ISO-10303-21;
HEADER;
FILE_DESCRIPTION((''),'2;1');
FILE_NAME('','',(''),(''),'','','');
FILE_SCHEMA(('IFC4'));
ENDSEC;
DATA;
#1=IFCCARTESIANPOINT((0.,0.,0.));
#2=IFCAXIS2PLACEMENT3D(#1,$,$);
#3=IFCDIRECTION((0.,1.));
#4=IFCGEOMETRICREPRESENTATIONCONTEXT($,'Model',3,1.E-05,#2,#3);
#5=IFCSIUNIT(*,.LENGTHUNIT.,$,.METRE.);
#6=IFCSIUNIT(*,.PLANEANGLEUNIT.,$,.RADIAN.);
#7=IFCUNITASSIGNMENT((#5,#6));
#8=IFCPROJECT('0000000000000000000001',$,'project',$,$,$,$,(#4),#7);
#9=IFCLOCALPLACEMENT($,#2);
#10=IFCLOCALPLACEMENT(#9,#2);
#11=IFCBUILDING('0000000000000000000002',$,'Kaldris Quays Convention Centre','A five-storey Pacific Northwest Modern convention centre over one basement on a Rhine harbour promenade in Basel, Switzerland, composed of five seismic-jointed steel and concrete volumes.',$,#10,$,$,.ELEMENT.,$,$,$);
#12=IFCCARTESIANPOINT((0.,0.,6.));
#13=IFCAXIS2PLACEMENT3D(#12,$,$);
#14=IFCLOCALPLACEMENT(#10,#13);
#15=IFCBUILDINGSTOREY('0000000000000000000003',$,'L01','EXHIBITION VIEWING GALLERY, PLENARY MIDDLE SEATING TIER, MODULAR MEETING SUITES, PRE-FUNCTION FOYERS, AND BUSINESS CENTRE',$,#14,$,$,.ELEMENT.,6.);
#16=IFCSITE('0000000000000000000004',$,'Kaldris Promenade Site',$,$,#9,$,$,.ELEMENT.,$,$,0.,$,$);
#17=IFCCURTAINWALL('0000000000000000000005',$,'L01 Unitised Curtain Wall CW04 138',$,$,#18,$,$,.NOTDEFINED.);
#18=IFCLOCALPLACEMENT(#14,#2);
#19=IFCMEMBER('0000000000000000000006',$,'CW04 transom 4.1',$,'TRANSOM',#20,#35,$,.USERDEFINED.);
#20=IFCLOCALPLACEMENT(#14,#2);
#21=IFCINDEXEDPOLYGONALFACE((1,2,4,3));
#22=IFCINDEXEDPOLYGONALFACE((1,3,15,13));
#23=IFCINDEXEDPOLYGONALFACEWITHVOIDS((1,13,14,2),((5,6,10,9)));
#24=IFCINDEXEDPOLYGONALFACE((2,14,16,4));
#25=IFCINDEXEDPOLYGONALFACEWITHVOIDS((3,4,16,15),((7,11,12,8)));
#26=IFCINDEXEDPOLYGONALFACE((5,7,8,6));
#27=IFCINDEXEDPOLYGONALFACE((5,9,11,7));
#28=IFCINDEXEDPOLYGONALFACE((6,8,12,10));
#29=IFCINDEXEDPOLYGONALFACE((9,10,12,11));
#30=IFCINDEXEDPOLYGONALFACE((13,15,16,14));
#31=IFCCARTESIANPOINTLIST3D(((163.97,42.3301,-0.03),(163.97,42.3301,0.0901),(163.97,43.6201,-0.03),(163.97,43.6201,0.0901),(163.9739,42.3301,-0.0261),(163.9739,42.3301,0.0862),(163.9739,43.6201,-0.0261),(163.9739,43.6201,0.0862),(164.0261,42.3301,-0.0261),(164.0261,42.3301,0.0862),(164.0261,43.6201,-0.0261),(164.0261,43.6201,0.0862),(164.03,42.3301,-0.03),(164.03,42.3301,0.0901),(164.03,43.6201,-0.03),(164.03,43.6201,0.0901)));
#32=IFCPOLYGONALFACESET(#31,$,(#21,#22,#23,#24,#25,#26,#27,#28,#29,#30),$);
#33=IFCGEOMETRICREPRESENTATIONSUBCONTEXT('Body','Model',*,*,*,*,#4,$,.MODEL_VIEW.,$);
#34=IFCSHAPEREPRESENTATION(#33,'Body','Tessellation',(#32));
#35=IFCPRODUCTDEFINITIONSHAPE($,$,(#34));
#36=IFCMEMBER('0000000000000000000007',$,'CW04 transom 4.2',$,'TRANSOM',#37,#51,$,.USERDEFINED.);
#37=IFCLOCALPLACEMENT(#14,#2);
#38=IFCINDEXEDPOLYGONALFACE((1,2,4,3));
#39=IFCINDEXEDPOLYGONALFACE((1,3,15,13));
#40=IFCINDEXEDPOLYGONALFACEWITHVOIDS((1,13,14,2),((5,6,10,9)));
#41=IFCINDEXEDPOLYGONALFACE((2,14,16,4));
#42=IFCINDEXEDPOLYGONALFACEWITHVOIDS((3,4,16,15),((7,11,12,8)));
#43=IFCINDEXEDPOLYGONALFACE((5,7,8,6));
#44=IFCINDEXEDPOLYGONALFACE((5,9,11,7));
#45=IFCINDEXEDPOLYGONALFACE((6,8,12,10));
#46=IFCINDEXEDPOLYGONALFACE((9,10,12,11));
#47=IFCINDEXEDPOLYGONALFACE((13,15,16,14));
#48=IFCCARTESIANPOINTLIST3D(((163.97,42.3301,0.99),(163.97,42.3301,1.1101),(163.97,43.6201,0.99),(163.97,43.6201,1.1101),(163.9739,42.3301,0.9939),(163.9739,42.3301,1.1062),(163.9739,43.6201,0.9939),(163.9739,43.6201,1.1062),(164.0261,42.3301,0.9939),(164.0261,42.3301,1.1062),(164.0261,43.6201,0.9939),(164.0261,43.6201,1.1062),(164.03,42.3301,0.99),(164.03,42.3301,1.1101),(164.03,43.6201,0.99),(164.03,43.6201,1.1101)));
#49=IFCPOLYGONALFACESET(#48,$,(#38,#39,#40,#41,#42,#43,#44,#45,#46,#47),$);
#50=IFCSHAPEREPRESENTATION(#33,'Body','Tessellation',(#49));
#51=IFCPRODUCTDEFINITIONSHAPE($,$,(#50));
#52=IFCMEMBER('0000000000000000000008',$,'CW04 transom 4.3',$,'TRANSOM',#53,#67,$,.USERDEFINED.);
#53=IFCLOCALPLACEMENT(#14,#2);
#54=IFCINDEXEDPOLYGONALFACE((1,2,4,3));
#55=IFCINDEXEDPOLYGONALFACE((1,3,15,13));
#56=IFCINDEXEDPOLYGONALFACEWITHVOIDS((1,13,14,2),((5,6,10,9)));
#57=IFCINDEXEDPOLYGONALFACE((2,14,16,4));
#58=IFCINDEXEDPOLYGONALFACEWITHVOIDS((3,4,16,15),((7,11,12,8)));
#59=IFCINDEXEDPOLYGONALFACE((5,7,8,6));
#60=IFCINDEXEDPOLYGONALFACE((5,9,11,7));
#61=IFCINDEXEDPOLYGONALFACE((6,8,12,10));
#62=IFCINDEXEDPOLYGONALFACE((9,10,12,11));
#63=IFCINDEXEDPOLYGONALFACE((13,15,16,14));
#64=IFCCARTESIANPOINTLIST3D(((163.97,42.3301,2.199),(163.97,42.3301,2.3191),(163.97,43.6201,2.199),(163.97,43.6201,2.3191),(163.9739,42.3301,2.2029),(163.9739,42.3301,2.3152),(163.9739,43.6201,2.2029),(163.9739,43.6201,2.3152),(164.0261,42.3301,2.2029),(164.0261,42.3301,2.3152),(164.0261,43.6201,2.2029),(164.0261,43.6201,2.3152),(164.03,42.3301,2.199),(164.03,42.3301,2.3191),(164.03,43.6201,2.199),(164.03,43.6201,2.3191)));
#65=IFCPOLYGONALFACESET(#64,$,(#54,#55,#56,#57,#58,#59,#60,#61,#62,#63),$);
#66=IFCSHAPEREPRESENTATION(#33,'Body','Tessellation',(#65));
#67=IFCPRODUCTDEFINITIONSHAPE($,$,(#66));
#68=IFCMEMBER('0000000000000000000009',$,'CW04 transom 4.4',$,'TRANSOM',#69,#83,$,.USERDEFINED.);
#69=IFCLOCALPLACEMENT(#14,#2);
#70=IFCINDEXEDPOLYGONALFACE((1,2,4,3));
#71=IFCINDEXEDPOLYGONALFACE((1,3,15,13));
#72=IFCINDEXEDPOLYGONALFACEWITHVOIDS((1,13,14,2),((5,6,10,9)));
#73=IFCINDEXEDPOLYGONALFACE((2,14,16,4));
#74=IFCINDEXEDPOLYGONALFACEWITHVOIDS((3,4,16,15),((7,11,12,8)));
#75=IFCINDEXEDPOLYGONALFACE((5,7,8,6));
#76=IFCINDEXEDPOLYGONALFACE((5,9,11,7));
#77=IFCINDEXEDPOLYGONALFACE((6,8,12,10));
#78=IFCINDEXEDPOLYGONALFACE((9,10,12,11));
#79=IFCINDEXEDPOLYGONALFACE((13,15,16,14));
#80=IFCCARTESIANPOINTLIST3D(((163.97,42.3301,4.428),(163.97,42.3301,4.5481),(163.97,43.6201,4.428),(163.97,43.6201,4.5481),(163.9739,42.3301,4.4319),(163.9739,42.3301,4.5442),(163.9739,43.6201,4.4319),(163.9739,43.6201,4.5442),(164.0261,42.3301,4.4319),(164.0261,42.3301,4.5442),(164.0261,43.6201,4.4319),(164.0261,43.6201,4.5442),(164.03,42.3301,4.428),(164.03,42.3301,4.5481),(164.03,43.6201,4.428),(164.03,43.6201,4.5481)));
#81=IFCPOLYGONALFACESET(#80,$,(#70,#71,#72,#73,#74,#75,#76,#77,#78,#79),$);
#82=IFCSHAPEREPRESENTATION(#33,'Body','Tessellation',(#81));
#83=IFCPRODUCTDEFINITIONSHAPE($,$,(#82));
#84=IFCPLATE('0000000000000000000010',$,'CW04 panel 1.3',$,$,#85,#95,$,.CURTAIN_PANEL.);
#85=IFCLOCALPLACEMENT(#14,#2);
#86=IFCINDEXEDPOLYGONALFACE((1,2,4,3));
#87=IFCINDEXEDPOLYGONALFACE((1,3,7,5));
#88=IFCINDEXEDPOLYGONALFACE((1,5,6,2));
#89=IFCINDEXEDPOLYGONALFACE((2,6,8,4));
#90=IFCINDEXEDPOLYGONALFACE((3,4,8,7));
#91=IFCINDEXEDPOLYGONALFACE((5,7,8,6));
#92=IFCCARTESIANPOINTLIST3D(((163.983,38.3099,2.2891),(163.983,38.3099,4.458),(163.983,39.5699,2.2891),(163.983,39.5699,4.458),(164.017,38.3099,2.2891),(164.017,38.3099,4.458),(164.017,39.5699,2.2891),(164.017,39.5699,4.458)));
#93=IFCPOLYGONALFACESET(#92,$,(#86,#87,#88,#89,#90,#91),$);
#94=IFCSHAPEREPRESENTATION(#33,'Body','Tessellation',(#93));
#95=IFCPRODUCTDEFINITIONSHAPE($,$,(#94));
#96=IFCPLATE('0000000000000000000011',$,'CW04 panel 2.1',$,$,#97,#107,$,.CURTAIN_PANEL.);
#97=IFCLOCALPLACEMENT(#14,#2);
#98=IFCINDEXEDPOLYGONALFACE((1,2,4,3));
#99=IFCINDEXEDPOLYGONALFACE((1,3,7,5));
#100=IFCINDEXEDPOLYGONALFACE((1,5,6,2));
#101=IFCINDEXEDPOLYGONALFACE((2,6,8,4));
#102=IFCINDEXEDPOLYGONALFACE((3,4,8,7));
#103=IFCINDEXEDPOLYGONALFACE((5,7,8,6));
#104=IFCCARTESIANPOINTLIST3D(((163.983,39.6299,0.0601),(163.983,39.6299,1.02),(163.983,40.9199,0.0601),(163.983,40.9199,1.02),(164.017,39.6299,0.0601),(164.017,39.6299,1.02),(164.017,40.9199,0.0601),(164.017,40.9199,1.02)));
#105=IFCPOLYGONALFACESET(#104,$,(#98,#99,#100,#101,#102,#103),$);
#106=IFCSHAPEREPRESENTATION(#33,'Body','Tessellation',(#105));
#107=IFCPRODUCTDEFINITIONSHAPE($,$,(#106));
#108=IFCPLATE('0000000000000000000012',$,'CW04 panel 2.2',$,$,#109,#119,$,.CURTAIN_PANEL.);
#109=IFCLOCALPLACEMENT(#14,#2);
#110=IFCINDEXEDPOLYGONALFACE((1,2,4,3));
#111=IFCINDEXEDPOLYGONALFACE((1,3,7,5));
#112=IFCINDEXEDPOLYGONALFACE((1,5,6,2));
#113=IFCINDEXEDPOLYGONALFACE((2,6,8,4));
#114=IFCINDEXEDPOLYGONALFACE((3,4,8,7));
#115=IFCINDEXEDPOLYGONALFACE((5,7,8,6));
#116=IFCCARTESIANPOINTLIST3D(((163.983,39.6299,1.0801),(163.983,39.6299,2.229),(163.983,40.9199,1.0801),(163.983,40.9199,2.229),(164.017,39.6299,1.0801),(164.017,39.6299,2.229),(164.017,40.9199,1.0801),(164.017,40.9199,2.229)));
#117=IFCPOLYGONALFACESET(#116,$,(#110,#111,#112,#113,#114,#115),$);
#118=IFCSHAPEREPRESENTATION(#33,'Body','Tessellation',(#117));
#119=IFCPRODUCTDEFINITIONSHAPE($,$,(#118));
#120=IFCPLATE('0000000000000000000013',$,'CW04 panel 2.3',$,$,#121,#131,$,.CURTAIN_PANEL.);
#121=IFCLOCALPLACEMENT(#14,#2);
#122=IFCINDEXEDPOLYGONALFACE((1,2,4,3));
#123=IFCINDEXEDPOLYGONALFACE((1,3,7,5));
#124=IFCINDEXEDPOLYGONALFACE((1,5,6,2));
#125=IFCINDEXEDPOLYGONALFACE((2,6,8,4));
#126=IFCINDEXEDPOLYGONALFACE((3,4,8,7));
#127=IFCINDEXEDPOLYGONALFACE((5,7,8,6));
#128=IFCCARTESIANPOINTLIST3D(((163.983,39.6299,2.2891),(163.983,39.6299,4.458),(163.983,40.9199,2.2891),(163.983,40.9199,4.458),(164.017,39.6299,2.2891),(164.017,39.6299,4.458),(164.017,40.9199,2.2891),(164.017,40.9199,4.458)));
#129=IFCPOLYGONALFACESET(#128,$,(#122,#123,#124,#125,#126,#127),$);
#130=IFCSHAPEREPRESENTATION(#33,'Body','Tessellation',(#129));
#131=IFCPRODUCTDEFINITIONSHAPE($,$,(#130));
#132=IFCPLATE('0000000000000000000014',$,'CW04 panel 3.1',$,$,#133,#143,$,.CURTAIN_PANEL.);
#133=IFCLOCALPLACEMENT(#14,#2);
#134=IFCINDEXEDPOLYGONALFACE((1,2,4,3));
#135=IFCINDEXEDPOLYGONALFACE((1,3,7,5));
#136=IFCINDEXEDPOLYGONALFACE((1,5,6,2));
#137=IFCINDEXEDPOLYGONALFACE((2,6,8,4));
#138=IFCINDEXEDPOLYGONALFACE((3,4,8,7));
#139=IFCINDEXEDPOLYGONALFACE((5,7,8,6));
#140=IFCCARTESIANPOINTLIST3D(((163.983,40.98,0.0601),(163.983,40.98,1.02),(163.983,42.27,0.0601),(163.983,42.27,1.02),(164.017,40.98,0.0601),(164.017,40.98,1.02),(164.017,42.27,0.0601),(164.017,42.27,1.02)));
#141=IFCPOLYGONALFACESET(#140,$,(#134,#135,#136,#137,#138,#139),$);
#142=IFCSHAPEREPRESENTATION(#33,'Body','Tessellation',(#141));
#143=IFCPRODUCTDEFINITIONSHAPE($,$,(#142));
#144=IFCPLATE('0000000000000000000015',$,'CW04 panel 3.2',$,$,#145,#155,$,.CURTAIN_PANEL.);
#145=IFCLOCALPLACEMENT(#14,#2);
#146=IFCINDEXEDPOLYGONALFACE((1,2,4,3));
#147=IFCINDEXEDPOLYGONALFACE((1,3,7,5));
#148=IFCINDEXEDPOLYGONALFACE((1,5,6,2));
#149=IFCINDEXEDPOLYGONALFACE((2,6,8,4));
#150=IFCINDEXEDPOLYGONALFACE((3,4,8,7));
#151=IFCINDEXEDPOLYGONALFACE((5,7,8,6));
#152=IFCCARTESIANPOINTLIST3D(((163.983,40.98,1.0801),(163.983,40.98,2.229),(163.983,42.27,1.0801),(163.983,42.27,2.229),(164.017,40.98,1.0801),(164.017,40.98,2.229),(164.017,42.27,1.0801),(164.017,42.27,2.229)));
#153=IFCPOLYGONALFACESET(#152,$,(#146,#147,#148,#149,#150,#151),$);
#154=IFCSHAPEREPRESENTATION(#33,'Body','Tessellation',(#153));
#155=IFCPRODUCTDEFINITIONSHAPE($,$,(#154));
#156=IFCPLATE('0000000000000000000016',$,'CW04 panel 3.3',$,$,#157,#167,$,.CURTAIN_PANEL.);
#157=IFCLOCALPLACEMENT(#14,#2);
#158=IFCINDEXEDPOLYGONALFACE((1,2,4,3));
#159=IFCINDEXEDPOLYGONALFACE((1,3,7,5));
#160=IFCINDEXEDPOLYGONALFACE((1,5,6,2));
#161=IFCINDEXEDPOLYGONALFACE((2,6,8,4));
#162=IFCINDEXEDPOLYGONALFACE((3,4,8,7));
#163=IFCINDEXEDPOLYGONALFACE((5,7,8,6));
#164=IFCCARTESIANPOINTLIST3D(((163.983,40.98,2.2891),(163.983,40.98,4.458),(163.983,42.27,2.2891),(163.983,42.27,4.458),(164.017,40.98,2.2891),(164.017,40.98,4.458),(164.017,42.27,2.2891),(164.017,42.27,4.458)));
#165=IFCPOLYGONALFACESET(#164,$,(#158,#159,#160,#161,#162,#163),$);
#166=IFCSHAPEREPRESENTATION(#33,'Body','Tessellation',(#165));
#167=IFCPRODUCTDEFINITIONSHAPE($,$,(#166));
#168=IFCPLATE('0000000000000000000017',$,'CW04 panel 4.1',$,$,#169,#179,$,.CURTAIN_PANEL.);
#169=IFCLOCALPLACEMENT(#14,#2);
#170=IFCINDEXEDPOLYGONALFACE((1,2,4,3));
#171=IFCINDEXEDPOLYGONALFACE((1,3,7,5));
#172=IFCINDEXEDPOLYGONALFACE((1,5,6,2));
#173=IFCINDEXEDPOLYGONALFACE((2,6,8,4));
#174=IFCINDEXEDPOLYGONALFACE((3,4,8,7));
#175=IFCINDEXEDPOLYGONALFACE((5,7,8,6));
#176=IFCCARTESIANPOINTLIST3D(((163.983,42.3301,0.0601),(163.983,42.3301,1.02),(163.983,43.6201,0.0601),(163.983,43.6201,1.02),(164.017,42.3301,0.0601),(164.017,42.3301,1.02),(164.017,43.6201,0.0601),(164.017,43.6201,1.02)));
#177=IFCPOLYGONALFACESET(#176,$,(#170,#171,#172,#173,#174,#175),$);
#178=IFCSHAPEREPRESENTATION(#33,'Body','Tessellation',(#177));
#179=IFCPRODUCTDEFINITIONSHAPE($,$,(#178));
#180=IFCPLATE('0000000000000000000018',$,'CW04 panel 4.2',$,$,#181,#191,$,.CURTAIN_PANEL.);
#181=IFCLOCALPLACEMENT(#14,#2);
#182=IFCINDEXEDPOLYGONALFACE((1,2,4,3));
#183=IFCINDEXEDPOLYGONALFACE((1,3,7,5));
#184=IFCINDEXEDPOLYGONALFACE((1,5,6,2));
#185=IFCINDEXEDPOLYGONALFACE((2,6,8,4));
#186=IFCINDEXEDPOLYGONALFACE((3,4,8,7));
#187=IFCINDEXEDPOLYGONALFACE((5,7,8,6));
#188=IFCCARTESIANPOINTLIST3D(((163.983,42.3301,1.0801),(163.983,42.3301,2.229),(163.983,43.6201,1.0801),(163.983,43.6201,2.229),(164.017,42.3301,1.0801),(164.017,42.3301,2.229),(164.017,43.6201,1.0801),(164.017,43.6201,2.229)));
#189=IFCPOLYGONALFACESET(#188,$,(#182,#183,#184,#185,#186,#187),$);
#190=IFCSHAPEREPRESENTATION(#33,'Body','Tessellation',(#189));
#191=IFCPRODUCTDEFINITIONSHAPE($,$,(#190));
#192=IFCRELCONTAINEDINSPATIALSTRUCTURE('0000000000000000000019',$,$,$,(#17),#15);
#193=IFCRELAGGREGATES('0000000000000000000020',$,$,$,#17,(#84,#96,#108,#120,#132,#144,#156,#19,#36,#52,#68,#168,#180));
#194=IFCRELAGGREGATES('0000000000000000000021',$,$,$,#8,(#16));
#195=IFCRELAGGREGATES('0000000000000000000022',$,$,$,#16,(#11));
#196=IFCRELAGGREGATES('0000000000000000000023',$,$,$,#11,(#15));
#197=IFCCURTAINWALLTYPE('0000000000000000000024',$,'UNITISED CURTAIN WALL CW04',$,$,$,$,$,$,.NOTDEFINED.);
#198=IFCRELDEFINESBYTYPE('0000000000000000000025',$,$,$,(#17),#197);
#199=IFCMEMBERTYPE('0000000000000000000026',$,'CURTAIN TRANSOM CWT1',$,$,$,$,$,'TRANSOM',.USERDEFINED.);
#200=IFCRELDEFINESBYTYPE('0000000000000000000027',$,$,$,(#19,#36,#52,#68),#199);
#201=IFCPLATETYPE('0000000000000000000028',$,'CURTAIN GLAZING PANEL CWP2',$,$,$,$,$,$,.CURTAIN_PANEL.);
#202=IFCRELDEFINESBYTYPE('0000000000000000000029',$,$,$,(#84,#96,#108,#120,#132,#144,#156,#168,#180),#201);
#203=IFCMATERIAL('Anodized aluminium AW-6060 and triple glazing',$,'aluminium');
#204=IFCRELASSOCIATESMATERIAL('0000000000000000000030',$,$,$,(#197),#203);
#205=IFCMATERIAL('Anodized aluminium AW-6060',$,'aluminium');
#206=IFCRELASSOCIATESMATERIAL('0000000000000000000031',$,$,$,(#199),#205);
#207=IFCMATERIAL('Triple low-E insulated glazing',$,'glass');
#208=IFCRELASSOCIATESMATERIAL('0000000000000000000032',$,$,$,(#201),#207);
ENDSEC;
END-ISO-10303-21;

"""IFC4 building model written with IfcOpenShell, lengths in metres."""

from ifc_helpers import new_model, si_unit, direction, frame, origin, origin_2d, place, context, subcontext, project, spatial, rectangle, hollow_rectangle, extrude, material, material_profile, profile_set, type_object, element, aggregate, save


model = new_model("IFC4")

# Units and contexts
model_context = context("Model", 3, precision=1e-05, world=origin(), true_north=direction((0.0, 1.0)))
body_context = subcontext(model_context, "Body", "Model", "MODEL_VIEW")
ifc_project = project(units=[si_unit("LENGTHUNIT", "METRE"), si_unit("PLANEANGLEUNIT", "RADIAN")], contexts=[model_context])

# Site, building, storey
site_placement = place(None, origin())
site = spatial("IfcSite", under=ifc_project, at=site_placement, Name="Kaldris Promenade Site", CompositionType="ELEMENT", RefElevation=0.0)
building_placement = place(site_placement, origin())
building = spatial("IfcBuilding", under=site, at=building_placement, Name="Kaldris Quays Convention Centre", Description="A five-storey Pacific Northwest Modern convention centre over one basement on a Rhine harbour promenade in Basel, Switzerland, composed of five seismic-jointed steel and concrete volumes.", CompositionType="ELEMENT")
storey_placement = place(building_placement, frame((0.0, 0.0, 6.0)))
storey = spatial("IfcBuildingStorey", under=building, at=storey_placement, Name="L01", Description="EXHIBITION VIEWING GALLERY, PLENARY MIDDLE SEATING TIER, MODULAR MEETING SUITES, PRE-FUNCTION FOYERS, AND BUSINESS CENTRE", CompositionType="ELEMENT", Elevation=6.0)

# Curtain wall, members, plates
ifc_material_1 = material(Name="Anodized aluminium AW-6060 and triple glazing", Category="aluminium")
curtain_wall_type = type_object("IfcCurtainWallType", Name="UNITISED CURTAIN WALL CW04", PredefinedType="NOTDEFINED", material=ifc_material_1)
curtain_wall_placement = place(storey_placement, origin())
curtain_wall = element("IfcCurtainWall", 1, at=curtain_wall_placement, inside=storey, type_object=curtain_wall_type, Name="L01 Unitised Curtain Wall CW04 138", PredefinedType="NOTDEFINED")
ifc_material_2 = material(Name="Anodized aluminium AW-6060", Category="aluminium")
ifc_material_profile_1 = material_profile(ifc_material_2, hollow_rectangle(XDim=0.0601, YDim=0.1201, WallThickness=0.0039, at=origin_2d()), Name="RHS 120x60x4")
ifc_profile_set_1 = profile_set([ifc_material_profile_1], Name="Anodized aluminium AW-6060")
member_type_1 = type_object("IfcMemberType", Name="CURTAIN TRANSOM CWT1", ElementType="TRANSOM", PredefinedType="USERDEFINED", material=ifc_profile_set_1)
member_1_placement = place(storey_placement, frame((164.0, 42.3301, 0.03), z_axis=(0.0, 1.0, 0.0), x_axis=(-1.0, 0.0, 0.0)))
member_1 = element("IfcMember", 2, at=member_1_placement, type_object=member_type_1, Name="CW04 transom 4.1", ObjectType="TRANSOM", PredefinedType="USERDEFINED", context=body_context, shape_type="SweptSolid", body=[
    extrude(hollow_rectangle(XDim=0.0601, YDim=0.1201, WallThickness=0.0039, at=origin_2d()), origin(), (0.0, 0.0, 1.0), 1.29),
])
member_2_placement = place(storey_placement, frame((164.0, 42.3301, 1.05), z_axis=(0.0, 1.0, 0.0), x_axis=(-1.0, 0.0, 0.0)))
member_2 = element("IfcMember", 3, at=member_2_placement, type_object=member_type_1, Name="CW04 transom 4.2", ObjectType="TRANSOM", PredefinedType="USERDEFINED", context=body_context, shape_type="SweptSolid", body=[
    extrude(hollow_rectangle(XDim=0.0601, YDim=0.1201, WallThickness=0.0039, at=origin_2d()), origin(), (0.0, 0.0, 1.0), 1.29),
])
member_3_placement = place(storey_placement, frame((164.0, 42.3301, 2.259), z_axis=(0.0, 1.0, 0.0), x_axis=(-1.0, 0.0, 0.0)))
member_3 = element("IfcMember", 4, at=member_3_placement, type_object=member_type_1, Name="CW04 transom 4.3", ObjectType="TRANSOM", PredefinedType="USERDEFINED", context=body_context, shape_type="SweptSolid", body=[
    extrude(hollow_rectangle(XDim=0.0601, YDim=0.1201, WallThickness=0.0039, at=origin_2d()), origin(), (0.0, 0.0, 1.0), 1.29),
])
member_4_placement = place(storey_placement, frame((164.0, 42.3301, 4.488), z_axis=(0.0, 1.0, 0.0), x_axis=(-1.0, 0.0, 0.0)))
member_4 = element("IfcMember", 5, at=member_4_placement, type_object=member_type_1, Name="CW04 transom 4.4", ObjectType="TRANSOM", PredefinedType="USERDEFINED", context=body_context, shape_type="SweptSolid", body=[
    extrude(hollow_rectangle(XDim=0.0601, YDim=0.1201, WallThickness=0.0039, at=origin_2d()), origin(), (0.0, 0.0, 1.0), 1.29),
])
ifc_material_3 = material(Name="Triple low-E insulated glazing", Category="glass")
plate_type = type_object("IfcPlateType", Name="CURTAIN GLAZING PANEL CWP2", PredefinedType="CURTAIN_PANEL", material=ifc_material_3)
plate_1_placement = place(storey_placement, frame((164.0, 38.9399, 2.2891), z_axis=(0.0, 0.0, 1.0), x_axis=(0.0, 1.0, 0.0)))
plate_1 = element("IfcPlate", 6, at=plate_1_placement, type_object=plate_type, Name="CW04 panel 1.3", PredefinedType="CURTAIN_PANEL", context=body_context, shape_type="SweptSolid", body=[
    extrude(rectangle(XDim=1.26, YDim=0.0339, at=origin_2d()), origin(), (0.0, 0.0, 1.0), 2.1689),
])
plate_2_placement = place(storey_placement, frame((164.0, 40.2749, 0.0601), z_axis=(0.0, 0.0, 1.0), x_axis=(0.0, 1.0, 0.0)))
plate_2 = element("IfcPlate", 7, at=plate_2_placement, type_object=plate_type, Name="CW04 panel 2.1", PredefinedType="CURTAIN_PANEL", context=body_context, shape_type="SweptSolid", body=[
    extrude(rectangle(XDim=1.29, YDim=0.0339, at=origin_2d()), origin(), (0.0, 0.0, 1.0), 0.96),
])
plate_3_placement = place(storey_placement, frame((164.0, 40.2749, 1.0801), z_axis=(0.0, 0.0, 1.0), x_axis=(0.0, 1.0, 0.0)))
plate_3 = element("IfcPlate", 8, at=plate_3_placement, type_object=plate_type, Name="CW04 panel 2.2", PredefinedType="CURTAIN_PANEL", context=body_context, shape_type="SweptSolid", body=[
    extrude(rectangle(XDim=1.29, YDim=0.0339, at=origin_2d()), origin(), (0.0, 0.0, 1.0), 1.1489),
])
plate_4_placement = place(storey_placement, frame((164.0, 40.2749, 2.2891), z_axis=(0.0, 0.0, 1.0), x_axis=(0.0, 1.0, 0.0)))
plate_4 = element("IfcPlate", 9, at=plate_4_placement, type_object=plate_type, Name="CW04 panel 2.3", PredefinedType="CURTAIN_PANEL", context=body_context, shape_type="SweptSolid", body=[
    extrude(rectangle(XDim=1.29, YDim=0.0339, at=origin_2d()), origin(), (0.0, 0.0, 1.0), 2.1689),
])
plate_5_placement = place(storey_placement, frame((164.0, 41.625, 0.0601), z_axis=(0.0, 0.0, 1.0), x_axis=(0.0, 1.0, 0.0)))
plate_5 = element("IfcPlate", 10, at=plate_5_placement, type_object=plate_type, Name="CW04 panel 3.1", PredefinedType="CURTAIN_PANEL", context=body_context, shape_type="SweptSolid", body=[
    extrude(rectangle(XDim=1.29, YDim=0.0339, at=origin_2d()), origin(), (0.0, 0.0, 1.0), 0.96),
])
plate_6_placement = place(storey_placement, frame((164.0, 41.625, 1.0801), z_axis=(0.0, 0.0, 1.0), x_axis=(0.0, 1.0, 0.0)))
plate_6 = element("IfcPlate", 11, at=plate_6_placement, type_object=plate_type, Name="CW04 panel 3.2", PredefinedType="CURTAIN_PANEL", context=body_context, shape_type="SweptSolid", body=[
    extrude(rectangle(XDim=1.29, YDim=0.0339, at=origin_2d()), origin(), (0.0, 0.0, 1.0), 1.1489),
])
plate_7_placement = place(storey_placement, frame((164.0, 41.625, 2.2891), z_axis=(0.0, 0.0, 1.0), x_axis=(0.0, 1.0, 0.0)))
plate_7 = element("IfcPlate", 12, at=plate_7_placement, type_object=plate_type, Name="CW04 panel 3.3", PredefinedType="CURTAIN_PANEL", context=body_context, shape_type="SweptSolid", body=[
    extrude(rectangle(XDim=1.29, YDim=0.0339, at=origin_2d()), origin(), (0.0, 0.0, 1.0), 2.1689),
])
plate_8_placement = place(storey_placement, frame((164.0, 42.9751, 0.0601), z_axis=(0.0, 0.0, 1.0), x_axis=(0.0, 1.0, 0.0)))
plate_8 = element("IfcPlate", 13, at=plate_8_placement, type_object=plate_type, Name="CW04 panel 4.1", PredefinedType="CURTAIN_PANEL", context=body_context, shape_type="SweptSolid", body=[
    extrude(rectangle(XDim=1.29, YDim=0.0339, at=origin_2d()), origin(), (0.0, 0.0, 1.0), 0.96),
])
plate_9_placement = place(storey_placement, frame((164.0, 42.9751, 1.0801), z_axis=(0.0, 0.0, 1.0), x_axis=(0.0, 1.0, 0.0)))
plate_9 = element("IfcPlate", 14, at=plate_9_placement, type_object=plate_type, Name="CW04 panel 4.2", PredefinedType="CURTAIN_PANEL", context=body_context, shape_type="SweptSolid", body=[
    extrude(rectangle(XDim=1.29, YDim=0.0339, at=origin_2d()), origin(), (0.0, 0.0, 1.0), 1.1489),
])
aggregate(curtain_wall, [plate_1, plate_2, plate_3, plate_4, plate_5, plate_6, plate_7, member_1, member_2, member_3, member_4, plate_8, plate_9])

save(model, "model.ifc")
